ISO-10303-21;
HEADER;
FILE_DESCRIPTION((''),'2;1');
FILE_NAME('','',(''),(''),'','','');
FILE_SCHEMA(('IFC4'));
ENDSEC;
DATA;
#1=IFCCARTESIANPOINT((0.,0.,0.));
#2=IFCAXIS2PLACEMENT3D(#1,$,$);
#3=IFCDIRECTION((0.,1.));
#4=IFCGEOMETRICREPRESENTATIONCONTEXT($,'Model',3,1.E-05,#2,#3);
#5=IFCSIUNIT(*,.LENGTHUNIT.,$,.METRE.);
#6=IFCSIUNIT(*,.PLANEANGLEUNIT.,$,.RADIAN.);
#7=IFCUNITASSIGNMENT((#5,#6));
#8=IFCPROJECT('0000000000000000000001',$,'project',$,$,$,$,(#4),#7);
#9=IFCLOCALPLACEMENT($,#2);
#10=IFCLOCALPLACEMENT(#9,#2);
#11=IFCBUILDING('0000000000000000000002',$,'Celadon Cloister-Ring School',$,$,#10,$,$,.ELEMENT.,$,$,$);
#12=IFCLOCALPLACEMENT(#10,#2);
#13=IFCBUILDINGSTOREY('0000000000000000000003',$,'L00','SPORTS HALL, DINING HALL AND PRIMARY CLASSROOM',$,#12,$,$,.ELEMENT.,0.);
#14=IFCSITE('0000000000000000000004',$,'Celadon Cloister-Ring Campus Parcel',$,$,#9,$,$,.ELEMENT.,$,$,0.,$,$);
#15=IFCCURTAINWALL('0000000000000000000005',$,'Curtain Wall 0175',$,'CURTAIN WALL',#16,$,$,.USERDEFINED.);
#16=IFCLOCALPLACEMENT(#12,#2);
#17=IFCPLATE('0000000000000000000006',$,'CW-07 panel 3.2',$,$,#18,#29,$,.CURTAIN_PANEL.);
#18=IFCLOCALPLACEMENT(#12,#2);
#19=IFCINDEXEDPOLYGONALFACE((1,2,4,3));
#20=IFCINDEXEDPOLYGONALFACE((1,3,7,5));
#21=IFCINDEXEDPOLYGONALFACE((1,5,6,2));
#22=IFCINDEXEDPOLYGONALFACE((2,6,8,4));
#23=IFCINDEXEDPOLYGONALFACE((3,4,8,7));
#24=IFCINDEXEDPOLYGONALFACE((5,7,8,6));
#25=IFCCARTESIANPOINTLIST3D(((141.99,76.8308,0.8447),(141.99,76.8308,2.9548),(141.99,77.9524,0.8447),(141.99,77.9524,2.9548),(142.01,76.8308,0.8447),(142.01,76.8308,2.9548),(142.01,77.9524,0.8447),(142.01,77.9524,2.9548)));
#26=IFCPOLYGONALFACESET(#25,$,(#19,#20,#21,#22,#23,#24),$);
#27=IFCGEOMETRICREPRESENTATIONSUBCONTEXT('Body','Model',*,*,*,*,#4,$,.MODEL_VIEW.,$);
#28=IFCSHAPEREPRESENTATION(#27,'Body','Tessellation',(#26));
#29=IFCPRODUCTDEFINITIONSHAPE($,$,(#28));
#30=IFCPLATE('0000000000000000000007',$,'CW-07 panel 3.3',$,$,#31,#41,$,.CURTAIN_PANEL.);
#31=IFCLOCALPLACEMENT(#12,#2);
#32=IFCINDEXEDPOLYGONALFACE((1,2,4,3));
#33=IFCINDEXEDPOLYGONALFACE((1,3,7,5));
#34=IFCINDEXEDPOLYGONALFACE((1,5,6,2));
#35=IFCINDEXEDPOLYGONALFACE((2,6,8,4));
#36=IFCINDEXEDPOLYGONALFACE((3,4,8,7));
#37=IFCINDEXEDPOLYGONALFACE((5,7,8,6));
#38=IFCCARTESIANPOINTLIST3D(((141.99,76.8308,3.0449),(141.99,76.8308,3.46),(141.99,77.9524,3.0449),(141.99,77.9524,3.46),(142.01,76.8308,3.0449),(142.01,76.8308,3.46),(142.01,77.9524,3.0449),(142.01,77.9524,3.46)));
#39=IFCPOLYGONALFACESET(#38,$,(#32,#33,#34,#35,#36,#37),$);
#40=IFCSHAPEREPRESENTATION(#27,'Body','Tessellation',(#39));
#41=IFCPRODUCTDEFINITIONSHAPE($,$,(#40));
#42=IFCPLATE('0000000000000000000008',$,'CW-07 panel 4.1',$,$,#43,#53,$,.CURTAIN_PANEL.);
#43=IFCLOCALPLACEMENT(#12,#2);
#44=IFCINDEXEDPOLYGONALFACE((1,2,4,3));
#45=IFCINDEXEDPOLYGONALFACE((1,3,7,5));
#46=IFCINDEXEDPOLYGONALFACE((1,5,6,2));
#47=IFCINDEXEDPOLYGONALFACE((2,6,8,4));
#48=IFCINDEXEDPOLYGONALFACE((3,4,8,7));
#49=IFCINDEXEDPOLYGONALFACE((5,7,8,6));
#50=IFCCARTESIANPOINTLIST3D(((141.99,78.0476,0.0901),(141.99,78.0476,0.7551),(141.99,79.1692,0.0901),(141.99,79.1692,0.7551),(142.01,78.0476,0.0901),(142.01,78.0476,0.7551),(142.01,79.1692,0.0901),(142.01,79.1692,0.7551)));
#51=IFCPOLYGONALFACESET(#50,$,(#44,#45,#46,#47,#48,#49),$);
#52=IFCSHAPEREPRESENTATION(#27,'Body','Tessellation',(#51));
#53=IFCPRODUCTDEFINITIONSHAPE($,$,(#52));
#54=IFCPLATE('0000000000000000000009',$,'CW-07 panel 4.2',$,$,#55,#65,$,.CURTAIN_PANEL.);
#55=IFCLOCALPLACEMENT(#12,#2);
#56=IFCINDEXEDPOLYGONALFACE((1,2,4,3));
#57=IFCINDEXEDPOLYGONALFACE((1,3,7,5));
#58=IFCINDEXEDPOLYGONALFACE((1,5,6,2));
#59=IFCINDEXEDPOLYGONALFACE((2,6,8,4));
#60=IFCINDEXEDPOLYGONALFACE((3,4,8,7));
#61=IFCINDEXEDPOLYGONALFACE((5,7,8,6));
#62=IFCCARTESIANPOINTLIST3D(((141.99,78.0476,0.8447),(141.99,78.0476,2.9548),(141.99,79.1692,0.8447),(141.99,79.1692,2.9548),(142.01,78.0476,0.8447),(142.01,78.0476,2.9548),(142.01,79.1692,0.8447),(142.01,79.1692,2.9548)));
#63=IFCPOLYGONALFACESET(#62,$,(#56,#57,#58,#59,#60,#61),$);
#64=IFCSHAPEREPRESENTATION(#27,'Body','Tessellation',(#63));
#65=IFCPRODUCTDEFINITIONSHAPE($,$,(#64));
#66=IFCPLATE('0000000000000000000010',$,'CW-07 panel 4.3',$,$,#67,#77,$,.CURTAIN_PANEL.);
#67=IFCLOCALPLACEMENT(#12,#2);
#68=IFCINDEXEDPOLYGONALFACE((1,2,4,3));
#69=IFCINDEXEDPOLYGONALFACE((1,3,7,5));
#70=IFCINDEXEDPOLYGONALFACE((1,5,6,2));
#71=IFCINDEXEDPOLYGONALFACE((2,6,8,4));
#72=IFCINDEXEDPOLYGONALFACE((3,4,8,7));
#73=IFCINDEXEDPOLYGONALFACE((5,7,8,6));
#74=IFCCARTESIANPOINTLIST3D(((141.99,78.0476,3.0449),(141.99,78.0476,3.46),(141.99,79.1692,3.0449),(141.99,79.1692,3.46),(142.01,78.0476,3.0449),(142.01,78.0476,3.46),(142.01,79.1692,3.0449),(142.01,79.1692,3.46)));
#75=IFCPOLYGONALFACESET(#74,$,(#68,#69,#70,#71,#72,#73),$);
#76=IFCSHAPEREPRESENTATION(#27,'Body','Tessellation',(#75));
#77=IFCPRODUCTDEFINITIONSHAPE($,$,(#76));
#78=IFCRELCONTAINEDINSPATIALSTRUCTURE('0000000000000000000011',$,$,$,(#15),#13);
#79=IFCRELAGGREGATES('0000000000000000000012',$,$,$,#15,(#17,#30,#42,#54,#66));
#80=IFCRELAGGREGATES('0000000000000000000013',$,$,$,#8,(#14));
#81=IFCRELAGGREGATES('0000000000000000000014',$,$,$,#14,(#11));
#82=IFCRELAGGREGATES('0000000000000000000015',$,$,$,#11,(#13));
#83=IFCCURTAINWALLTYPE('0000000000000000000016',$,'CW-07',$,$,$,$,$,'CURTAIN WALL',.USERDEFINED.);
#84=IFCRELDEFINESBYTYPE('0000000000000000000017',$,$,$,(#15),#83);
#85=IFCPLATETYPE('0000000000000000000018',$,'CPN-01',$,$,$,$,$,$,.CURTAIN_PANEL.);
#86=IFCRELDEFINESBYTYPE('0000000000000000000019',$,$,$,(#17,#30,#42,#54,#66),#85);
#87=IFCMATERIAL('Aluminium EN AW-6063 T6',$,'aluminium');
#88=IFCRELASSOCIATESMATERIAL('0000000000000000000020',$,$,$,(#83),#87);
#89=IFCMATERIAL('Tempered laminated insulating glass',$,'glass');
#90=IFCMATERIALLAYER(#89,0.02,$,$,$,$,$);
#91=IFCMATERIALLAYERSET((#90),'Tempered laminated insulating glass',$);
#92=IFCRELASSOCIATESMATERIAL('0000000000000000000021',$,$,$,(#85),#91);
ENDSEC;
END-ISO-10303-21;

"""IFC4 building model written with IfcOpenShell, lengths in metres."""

from ifc_helpers import new_model, si_unit, direction, frame, origin, origin_2d, place, context, subcontext, project, spatial, rectangle, extrude, material, layer, layer_set, type_object, element, aggregate, save


model = new_model("IFC4")

# Units and contexts
model_context = context("Model", 3, precision=1e-05, world=origin(), true_north=direction((0.0, 1.0)))
body_context = subcontext(model_context, "Body", "Model", "MODEL_VIEW")
ifc_project = project(units=[si_unit("LENGTHUNIT", "METRE"), si_unit("PLANEANGLEUNIT", "RADIAN")], contexts=[model_context])

# Site, building, storey
site_placement = place(None, origin())
site = spatial("IfcSite", under=ifc_project, at=site_placement, Name="Celadon Cloister-Ring Campus Parcel", CompositionType="ELEMENT", RefElevation=0.0)
building_placement = place(site_placement, origin())
building = spatial("IfcBuilding", under=site, at=building_placement, Name="Celadon Cloister-Ring School", CompositionType="ELEMENT")
storey_placement = place(building_placement, origin())
storey = spatial("IfcBuildingStorey", under=building, at=storey_placement, Name="L00", Description="SPORTS HALL, DINING HALL AND PRIMARY CLASSROOM", CompositionType="ELEMENT", Elevation=0.0)

# Curtain wall, plates
ifc_material_1 = material(Name="Aluminium EN AW-6063 T6", Category="aluminium")
curtain_wall_type = type_object("IfcCurtainWallType", Name="CW-07", ElementType="CURTAIN WALL", PredefinedType="USERDEFINED", material=ifc_material_1)
curtain_wall_placement = place(storey_placement, origin())
curtain_wall = element("IfcCurtainWall", 1, at=curtain_wall_placement, inside=storey, type_object=curtain_wall_type, Name="Curtain Wall 0175", ObjectType="CURTAIN WALL", PredefinedType="USERDEFINED")
ifc_material_2 = material(Name="Tempered laminated insulating glass", Category="glass")
ifc_layer = layer(ifc_material_2, 0.02)
ifc_layer_set = layer_set([ifc_layer], Name="Tempered laminated insulating glass")
plate_type = type_object("IfcPlateType", Name="CPN-01", PredefinedType="CURTAIN_PANEL", material=ifc_layer_set)
plate_1_placement = place(storey_placement, frame((142.0, 77.3916, 0.8447), z_axis=(0.0, 0.0, 1.0), x_axis=(0.0, 1.0, 0.0)))
plate_1 = element("IfcPlate", 2, at=plate_1_placement, type_object=plate_type, Name="CW-07 panel 3.2", PredefinedType="CURTAIN_PANEL", context=body_context, shape_type="SweptSolid", body=[
    extrude(rectangle(XDim=1.1216, YDim=0.02, at=origin_2d()), origin(), (0.0, 0.0, 1.0), 2.1101),
])
plate_2_placement = place(storey_placement, frame((142.0, 77.3916, 3.0449), z_axis=(0.0, 0.0, 1.0), x_axis=(0.0, 1.0, 0.0)))
plate_2 = element("IfcPlate", 3, at=plate_2_placement, type_object=plate_type, Name="CW-07 panel 3.3", PredefinedType="CURTAIN_PANEL", context=body_context, shape_type="SweptSolid", body=[
    extrude(rectangle(XDim=1.1216, YDim=0.02, at=origin_2d()), origin(), (0.0, 0.0, 1.0), 0.415),
])
plate_3_placement = place(storey_placement, frame((142.0, 78.6084, 0.0901), z_axis=(0.0, 0.0, 1.0), x_axis=(0.0, 1.0, 0.0)))
plate_3 = element("IfcPlate", 4, at=plate_3_placement, type_object=plate_type, Name="CW-07 panel 4.1", PredefinedType="CURTAIN_PANEL", context=body_context, shape_type="SweptSolid", body=[
    extrude(rectangle(XDim=1.1216, YDim=0.02, at=origin_2d()), origin(), (0.0, 0.0, 1.0), 0.665),
])
plate_4_placement = place(storey_placement, frame((142.0, 78.6084, 0.8447), z_axis=(0.0, 0.0, 1.0), x_axis=(0.0, 1.0, 0.0)))
plate_4 = element("IfcPlate", 5, at=plate_4_placement, type_object=plate_type, Name="CW-07 panel 4.2", PredefinedType="CURTAIN_PANEL", context=body_context, shape_type="SweptSolid", body=[
    extrude(rectangle(XDim=1.1216, YDim=0.02, at=origin_2d()), origin(), (0.0, 0.0, 1.0), 2.1101),
])
plate_5_placement = place(storey_placement, frame((142.0, 78.6084, 3.0449), z_axis=(0.0, 0.0, 1.0), x_axis=(0.0, 1.0, 0.0)))
plate_5 = element("IfcPlate", 6, at=plate_5_placement, type_object=plate_type, Name="CW-07 panel 4.3", PredefinedType="CURTAIN_PANEL", context=body_context, shape_type="SweptSolid", body=[
    extrude(rectangle(XDim=1.1216, YDim=0.02, at=origin_2d()), origin(), (0.0, 0.0, 1.0), 0.415),
])
aggregate(curtain_wall, [plate_1, plate_2, plate_3, plate_4, plate_5])

save(model, "model.ifc")
